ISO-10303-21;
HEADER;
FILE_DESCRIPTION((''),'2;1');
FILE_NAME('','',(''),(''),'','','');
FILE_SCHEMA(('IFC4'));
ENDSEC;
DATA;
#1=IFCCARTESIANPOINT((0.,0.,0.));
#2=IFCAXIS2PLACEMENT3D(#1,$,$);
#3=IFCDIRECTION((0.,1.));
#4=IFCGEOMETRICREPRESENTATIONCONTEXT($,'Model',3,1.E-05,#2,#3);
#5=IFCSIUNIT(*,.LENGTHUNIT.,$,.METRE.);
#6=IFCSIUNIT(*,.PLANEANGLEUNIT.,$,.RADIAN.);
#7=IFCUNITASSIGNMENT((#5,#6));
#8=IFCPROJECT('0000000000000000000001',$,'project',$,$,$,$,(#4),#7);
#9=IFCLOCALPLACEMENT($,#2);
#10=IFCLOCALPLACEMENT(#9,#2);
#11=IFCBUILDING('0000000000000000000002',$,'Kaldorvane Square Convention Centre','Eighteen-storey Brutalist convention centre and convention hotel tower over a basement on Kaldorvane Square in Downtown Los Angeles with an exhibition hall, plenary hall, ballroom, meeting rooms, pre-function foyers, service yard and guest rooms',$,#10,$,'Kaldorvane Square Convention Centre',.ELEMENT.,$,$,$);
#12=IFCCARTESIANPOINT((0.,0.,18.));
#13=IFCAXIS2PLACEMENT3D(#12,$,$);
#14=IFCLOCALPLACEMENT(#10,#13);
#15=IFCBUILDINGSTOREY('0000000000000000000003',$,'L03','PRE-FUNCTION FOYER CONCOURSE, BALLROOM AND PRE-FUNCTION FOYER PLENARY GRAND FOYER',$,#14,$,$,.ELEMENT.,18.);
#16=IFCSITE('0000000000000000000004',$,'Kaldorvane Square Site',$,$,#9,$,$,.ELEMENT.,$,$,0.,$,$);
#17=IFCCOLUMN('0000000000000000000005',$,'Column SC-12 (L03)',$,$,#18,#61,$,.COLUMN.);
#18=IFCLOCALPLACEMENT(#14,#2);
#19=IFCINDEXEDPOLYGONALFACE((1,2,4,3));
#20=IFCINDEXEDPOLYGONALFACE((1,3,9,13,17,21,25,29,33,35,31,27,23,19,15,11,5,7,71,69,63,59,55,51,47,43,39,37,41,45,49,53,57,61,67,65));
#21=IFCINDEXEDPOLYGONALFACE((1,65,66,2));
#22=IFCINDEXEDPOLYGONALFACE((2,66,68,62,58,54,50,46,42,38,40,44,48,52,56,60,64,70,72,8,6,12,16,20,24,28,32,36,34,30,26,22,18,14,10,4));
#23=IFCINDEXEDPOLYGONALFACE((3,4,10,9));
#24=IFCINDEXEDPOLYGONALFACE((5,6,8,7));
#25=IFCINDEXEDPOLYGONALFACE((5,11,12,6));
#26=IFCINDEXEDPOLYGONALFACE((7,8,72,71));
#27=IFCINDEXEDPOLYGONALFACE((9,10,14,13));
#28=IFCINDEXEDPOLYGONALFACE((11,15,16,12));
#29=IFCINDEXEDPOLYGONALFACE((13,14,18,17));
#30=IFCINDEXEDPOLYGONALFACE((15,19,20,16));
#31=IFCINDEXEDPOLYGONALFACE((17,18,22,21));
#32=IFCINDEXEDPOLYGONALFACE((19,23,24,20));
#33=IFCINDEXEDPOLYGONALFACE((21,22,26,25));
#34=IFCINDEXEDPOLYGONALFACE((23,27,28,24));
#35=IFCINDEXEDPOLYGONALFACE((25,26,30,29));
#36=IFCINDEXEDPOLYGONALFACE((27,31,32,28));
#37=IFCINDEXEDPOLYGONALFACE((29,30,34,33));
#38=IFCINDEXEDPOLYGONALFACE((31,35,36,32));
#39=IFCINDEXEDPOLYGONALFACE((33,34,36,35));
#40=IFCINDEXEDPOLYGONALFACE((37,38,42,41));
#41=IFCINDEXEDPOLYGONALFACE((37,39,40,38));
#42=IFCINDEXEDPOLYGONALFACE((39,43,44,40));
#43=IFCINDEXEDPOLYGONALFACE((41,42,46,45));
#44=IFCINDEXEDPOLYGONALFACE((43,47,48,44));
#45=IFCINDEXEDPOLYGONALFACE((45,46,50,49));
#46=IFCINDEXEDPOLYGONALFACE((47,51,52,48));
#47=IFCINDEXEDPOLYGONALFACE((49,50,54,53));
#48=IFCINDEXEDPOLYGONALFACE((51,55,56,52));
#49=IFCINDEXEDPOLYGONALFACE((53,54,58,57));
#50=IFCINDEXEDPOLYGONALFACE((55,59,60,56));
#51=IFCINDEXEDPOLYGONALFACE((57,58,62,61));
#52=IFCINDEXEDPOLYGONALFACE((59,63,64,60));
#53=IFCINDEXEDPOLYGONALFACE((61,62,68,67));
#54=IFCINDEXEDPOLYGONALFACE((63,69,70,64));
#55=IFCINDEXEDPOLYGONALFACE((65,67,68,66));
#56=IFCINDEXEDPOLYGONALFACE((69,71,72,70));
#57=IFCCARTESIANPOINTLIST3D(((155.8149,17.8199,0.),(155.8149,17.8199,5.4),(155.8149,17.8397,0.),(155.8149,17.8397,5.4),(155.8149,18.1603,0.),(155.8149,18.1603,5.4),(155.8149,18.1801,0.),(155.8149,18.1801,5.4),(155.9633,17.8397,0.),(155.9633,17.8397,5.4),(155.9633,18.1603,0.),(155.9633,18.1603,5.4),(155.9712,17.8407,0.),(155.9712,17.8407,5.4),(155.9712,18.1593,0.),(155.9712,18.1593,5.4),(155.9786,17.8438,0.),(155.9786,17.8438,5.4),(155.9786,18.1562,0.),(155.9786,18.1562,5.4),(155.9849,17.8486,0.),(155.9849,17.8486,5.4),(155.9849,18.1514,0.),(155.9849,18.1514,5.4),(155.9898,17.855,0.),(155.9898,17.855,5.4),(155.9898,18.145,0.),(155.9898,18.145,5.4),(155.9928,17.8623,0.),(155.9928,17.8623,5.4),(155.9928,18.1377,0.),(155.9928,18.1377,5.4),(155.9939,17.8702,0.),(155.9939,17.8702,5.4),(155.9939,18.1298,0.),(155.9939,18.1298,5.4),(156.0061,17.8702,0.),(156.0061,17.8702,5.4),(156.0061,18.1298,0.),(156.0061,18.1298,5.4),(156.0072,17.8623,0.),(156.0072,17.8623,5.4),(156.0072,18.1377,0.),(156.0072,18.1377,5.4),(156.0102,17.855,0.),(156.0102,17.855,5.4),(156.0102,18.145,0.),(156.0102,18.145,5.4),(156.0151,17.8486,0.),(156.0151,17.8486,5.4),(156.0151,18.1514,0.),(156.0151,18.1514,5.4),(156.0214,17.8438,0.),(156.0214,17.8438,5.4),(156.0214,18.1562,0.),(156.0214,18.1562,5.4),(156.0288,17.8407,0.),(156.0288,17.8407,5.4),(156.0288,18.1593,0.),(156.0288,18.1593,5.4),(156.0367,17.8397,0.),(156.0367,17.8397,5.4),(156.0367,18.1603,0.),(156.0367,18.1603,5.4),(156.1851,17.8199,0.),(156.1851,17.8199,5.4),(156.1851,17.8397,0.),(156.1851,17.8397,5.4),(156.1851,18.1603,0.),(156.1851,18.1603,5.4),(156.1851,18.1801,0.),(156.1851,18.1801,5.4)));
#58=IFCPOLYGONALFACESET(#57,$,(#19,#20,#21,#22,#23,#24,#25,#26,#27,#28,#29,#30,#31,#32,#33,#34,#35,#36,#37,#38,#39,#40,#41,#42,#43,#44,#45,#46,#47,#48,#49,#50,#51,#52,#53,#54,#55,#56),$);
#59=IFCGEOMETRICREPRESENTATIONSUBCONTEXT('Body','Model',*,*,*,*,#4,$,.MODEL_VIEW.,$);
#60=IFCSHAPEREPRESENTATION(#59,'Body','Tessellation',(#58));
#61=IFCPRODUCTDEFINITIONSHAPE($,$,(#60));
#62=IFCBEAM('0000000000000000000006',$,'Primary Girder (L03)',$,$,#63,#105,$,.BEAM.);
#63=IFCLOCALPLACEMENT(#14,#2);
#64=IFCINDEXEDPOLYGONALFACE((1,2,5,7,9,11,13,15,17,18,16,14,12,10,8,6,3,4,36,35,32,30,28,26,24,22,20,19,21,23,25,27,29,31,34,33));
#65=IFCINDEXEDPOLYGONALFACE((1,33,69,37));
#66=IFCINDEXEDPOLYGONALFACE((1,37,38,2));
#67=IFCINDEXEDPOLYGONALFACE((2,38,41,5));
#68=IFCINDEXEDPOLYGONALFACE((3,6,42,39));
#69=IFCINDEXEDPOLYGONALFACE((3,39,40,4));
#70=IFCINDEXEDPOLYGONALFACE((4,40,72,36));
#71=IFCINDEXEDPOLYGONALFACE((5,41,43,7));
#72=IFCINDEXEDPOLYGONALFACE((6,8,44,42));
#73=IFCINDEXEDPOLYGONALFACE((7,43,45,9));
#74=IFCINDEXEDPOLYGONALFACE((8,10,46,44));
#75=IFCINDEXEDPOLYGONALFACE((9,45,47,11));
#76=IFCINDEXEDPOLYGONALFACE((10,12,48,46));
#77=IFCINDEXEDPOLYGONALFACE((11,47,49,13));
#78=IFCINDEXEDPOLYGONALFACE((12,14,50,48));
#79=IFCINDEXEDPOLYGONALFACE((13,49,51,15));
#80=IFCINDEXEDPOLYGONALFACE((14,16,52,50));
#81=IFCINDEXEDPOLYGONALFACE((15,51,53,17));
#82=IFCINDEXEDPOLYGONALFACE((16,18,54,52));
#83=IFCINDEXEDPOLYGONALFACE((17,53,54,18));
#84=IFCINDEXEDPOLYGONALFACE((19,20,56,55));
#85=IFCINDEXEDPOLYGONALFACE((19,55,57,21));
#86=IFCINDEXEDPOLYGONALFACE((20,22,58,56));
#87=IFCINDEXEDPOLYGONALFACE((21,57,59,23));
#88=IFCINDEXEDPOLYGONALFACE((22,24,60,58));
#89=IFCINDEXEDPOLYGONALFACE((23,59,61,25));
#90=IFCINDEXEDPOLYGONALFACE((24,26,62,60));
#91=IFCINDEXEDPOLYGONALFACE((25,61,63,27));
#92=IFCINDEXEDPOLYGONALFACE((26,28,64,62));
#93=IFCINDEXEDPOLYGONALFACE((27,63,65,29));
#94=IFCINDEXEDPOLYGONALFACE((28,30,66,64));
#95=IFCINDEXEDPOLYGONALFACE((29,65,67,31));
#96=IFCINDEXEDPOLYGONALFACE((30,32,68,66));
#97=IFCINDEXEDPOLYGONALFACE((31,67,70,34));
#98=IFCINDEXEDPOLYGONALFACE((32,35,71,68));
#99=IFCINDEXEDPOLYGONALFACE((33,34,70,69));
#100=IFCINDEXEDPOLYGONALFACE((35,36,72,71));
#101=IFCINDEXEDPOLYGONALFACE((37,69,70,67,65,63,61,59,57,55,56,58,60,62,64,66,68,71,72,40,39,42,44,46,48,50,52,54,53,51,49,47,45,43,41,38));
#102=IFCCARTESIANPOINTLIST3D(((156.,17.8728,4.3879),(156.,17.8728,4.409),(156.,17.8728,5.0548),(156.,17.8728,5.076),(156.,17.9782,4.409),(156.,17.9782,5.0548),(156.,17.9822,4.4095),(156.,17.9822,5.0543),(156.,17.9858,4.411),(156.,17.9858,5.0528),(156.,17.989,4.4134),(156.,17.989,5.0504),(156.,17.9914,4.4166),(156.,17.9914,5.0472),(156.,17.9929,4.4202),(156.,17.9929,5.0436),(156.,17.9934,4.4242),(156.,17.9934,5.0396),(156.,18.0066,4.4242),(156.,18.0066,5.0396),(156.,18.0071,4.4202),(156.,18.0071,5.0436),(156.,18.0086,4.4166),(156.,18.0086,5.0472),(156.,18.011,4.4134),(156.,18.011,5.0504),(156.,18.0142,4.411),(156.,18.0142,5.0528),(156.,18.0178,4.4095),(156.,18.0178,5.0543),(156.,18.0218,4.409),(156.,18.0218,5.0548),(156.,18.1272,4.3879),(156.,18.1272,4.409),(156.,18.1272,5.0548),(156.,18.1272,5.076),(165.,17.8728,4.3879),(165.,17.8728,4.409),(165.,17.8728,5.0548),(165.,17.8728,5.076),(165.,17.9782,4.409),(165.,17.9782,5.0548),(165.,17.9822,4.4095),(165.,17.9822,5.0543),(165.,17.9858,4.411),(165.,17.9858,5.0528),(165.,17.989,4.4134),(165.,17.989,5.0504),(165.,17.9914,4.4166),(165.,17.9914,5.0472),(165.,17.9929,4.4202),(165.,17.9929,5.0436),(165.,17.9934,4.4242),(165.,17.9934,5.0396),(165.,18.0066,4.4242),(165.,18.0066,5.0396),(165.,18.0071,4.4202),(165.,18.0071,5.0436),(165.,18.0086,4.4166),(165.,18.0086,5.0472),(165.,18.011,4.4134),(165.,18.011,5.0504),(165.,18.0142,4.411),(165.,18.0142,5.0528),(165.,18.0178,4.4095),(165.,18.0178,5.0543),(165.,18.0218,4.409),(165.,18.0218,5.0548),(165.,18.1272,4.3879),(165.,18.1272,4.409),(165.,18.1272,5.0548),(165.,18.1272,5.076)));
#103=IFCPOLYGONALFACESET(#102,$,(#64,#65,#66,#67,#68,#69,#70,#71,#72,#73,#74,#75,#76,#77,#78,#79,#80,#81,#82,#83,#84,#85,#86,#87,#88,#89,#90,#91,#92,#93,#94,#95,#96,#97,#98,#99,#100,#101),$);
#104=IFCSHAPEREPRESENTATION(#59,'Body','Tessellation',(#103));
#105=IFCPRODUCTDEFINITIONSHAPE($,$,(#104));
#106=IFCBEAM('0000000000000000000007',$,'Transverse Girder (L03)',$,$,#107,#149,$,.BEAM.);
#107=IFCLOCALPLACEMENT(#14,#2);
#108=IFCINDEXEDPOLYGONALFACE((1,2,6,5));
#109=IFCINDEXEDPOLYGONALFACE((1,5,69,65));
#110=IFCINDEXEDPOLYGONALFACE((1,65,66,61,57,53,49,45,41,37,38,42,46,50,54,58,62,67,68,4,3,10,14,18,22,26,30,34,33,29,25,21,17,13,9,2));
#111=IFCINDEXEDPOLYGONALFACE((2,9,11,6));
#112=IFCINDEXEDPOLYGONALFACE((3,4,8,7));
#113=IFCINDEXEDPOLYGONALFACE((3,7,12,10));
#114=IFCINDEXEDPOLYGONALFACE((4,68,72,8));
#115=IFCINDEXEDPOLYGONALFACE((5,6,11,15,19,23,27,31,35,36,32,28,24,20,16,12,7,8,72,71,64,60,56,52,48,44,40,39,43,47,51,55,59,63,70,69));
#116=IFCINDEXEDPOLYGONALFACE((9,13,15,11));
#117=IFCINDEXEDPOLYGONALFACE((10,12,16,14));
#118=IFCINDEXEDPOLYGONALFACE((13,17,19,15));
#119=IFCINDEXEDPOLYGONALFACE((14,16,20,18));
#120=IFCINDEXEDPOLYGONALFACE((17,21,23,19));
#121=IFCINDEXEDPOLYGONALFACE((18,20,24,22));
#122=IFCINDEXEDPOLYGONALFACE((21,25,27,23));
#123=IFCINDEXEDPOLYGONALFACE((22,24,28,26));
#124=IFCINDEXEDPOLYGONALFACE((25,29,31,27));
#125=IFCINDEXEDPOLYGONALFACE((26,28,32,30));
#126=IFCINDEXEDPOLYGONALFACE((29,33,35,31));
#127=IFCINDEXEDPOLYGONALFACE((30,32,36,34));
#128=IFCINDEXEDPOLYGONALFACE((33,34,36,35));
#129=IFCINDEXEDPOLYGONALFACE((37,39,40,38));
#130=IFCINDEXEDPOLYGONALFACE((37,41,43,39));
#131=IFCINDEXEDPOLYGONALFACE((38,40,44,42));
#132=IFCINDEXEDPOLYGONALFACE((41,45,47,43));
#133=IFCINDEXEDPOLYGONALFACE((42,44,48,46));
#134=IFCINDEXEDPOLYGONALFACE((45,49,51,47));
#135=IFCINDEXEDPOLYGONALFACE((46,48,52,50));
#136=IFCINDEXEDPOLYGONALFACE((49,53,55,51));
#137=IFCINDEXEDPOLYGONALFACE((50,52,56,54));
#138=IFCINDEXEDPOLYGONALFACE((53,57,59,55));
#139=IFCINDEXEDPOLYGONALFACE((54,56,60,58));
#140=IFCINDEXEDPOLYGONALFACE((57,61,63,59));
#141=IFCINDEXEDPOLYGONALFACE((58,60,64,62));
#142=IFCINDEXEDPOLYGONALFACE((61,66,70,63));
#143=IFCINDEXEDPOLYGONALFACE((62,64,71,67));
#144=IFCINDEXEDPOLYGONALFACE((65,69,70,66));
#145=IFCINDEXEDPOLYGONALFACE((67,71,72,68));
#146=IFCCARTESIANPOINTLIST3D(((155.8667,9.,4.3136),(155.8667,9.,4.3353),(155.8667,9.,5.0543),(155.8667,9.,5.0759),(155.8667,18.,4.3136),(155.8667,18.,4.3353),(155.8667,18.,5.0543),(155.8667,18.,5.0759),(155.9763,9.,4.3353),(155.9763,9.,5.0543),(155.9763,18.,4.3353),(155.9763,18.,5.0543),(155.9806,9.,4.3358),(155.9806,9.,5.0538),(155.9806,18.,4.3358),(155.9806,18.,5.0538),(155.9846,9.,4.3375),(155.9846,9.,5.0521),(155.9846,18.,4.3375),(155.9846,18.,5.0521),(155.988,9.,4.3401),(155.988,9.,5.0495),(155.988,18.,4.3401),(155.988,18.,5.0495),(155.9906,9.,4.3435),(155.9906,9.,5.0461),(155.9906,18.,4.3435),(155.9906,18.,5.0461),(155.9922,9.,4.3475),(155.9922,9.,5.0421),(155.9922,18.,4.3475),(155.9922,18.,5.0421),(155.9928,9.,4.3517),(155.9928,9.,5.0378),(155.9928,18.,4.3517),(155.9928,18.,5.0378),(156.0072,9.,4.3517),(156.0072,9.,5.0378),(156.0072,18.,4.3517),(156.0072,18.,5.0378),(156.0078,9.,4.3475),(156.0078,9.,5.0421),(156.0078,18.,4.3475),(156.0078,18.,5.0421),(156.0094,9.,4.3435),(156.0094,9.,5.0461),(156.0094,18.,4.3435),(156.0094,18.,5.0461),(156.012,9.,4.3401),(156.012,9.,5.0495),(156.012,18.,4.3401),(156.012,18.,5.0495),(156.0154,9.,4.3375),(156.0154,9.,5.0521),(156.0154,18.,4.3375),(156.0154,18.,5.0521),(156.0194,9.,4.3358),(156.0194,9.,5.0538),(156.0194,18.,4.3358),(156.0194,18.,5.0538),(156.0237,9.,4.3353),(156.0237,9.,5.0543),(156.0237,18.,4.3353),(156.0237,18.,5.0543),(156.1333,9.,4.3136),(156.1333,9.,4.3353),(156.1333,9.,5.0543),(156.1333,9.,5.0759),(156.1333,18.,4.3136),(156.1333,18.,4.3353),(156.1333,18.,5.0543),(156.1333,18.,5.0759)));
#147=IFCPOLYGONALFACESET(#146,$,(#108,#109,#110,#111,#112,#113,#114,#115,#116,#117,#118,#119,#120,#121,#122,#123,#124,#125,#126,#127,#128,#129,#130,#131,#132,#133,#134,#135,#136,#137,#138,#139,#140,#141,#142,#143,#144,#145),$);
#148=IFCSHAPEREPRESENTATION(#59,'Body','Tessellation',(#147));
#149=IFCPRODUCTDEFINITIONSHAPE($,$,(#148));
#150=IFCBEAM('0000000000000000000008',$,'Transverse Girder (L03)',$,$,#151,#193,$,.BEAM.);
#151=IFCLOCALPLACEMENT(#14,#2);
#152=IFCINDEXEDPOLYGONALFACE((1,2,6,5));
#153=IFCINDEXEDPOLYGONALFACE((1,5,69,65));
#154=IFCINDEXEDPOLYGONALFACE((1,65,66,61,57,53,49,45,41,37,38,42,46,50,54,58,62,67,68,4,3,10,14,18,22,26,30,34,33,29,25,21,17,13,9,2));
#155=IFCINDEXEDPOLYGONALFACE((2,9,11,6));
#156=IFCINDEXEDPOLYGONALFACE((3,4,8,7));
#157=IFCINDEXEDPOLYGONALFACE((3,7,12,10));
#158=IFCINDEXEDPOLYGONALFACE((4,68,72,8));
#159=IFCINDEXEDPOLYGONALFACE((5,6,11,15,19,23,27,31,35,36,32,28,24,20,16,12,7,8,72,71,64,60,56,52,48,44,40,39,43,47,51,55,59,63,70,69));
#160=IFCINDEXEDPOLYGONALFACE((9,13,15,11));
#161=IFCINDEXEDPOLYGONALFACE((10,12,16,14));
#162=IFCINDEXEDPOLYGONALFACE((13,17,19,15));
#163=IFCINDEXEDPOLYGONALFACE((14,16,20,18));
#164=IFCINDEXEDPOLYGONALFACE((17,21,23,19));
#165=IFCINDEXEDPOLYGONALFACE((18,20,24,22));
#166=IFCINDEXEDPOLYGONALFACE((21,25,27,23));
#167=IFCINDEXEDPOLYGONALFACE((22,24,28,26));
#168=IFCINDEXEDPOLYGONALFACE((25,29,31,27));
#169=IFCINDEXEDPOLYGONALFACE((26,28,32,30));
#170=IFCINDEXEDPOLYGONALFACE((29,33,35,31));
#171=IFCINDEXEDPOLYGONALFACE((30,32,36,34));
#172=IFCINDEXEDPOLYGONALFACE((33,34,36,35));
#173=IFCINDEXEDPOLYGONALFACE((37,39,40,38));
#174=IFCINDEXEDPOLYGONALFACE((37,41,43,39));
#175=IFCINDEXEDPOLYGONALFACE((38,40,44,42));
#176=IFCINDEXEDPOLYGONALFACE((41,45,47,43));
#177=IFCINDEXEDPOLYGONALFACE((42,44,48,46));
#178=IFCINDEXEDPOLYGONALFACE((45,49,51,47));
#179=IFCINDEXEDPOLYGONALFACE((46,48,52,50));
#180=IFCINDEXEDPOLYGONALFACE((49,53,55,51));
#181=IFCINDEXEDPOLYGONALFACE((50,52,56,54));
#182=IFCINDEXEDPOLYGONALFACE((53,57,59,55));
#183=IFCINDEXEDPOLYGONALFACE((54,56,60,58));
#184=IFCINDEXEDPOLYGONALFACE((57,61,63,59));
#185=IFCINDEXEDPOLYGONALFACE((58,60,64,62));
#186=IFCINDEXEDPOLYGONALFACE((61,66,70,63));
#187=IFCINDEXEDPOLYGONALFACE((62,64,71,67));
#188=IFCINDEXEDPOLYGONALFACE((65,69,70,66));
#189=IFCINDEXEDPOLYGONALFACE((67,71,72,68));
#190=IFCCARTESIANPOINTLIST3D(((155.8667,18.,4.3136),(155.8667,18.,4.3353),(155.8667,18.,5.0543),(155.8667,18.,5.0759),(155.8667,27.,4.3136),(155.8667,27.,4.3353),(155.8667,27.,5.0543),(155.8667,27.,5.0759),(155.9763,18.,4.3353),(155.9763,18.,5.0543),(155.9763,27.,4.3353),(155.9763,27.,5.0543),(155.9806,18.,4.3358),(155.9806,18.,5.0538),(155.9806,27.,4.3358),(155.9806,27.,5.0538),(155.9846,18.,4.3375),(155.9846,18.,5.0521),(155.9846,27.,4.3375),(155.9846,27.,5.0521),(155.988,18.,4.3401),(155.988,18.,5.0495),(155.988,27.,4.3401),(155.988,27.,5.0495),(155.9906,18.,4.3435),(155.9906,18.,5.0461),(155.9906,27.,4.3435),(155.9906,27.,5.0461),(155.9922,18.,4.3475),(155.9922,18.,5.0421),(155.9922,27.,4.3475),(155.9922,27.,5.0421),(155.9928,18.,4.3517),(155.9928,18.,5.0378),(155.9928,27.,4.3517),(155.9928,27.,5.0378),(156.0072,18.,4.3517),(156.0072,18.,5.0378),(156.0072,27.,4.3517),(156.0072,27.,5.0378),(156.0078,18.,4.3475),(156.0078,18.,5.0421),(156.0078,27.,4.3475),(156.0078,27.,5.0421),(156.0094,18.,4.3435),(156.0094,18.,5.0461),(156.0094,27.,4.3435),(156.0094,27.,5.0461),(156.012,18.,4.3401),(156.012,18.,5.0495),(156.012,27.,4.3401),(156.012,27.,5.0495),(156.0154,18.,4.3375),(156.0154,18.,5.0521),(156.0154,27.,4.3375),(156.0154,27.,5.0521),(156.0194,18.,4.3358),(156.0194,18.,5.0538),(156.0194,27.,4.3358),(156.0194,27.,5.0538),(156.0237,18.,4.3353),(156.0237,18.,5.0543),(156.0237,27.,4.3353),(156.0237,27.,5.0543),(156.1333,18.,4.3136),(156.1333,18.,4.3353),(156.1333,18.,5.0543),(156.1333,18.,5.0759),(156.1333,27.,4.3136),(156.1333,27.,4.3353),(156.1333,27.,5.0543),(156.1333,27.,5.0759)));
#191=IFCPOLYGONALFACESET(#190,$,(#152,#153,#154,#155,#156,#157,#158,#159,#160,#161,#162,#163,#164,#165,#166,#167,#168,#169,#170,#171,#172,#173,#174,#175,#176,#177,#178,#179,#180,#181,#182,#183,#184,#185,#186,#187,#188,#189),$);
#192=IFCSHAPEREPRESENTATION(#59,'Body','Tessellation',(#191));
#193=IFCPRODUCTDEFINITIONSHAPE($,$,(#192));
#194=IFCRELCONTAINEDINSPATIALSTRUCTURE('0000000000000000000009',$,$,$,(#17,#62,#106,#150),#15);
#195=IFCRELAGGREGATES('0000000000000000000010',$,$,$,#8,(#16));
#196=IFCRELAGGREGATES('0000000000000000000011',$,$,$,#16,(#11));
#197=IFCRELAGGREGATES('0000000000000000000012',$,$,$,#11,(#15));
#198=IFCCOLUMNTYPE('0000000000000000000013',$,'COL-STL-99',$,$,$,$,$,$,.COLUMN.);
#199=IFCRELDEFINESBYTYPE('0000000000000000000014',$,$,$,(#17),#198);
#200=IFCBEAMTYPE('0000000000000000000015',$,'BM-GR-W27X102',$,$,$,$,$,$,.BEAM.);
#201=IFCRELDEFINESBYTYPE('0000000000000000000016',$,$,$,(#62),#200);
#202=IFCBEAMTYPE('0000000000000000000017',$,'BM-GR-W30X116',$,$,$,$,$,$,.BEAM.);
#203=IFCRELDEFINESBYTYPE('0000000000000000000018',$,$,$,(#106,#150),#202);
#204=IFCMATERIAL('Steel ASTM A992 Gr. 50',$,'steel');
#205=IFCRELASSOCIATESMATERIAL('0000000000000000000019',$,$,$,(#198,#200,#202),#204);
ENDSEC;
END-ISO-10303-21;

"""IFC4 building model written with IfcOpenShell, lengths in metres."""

from ifc_helpers import new_model, si_unit, direction, frame, origin, origin_2d, place, context, subcontext, project, spatial, i_section, extrude, material, material_profile, profile_set, type_object, element, save


model = new_model("IFC4")

# Units and contexts
model_context = context("Model", 3, precision=1e-05, world=origin(), true_north=direction((0.0, 1.0)))
body_context = subcontext(model_context, "Body", "Model", "MODEL_VIEW")
ifc_project = project(units=[si_unit("LENGTHUNIT", "METRE"), si_unit("PLANEANGLEUNIT", "RADIAN")], contexts=[model_context])

# Site, building, storey
site_placement = place(None, origin())
site = spatial("IfcSite", under=ifc_project, at=site_placement, Name="Kaldorvane Square Site", CompositionType="ELEMENT", RefElevation=0.0)
building_placement = place(site_placement, origin())
building = spatial("IfcBuilding", under=site, at=building_placement, Name="Kaldorvane Square Convention Centre", Description="Eighteen-storey Brutalist convention centre and convention hotel tower over a basement on Kaldorvane Square in Downtown Los Angeles with an exhibition hall, plenary hall, ballroom, meeting rooms, pre-function foyers, service yard and guest rooms", LongName="Kaldorvane Square Convention Centre", CompositionType="ELEMENT")
storey_placement = place(building_placement, frame((0.0, 0.0, 18.0)))
storey = spatial("IfcBuildingStorey", under=building, at=storey_placement, Name="L03", Description="PRE-FUNCTION FOYER CONCOURSE, BALLROOM AND PRE-FUNCTION FOYER PLENARY GRAND FOYER", CompositionType="ELEMENT", Elevation=18.0)

# Column
ifc_material_1 = material(Name="Steel ASTM A992 Gr. 50", Category="steel")
ifc_material_profile_1 = material_profile(ifc_material_1, i_section(OverallWidth=0.3701, OverallDepth=0.3602, WebThickness=0.0123, FlangeThickness=0.0198, FilletRadius=0.0305, at=origin_2d()), Name="W14X99")
ifc_profile_set_1 = profile_set([ifc_material_profile_1], Name="Steel ASTM A992 Gr. 50")
column_type = type_object("IfcColumnType", Name="COL-STL-99", PredefinedType="COLUMN", material=ifc_profile_set_1)
column_placement = place(storey_placement, frame((156.0, 18.0, 0.0), z_axis=(0.0, 0.0, 1.0), x_axis=(1.0, 0.0, 0.0)))
element("IfcColumn", 1, at=column_placement, inside=storey, type_object=column_type, Name="Column SC-12 (L03)", PredefinedType="COLUMN", context=body_context, shape_type="SweptSolid", body=[
    extrude(i_section(OverallWidth=0.3701, OverallDepth=0.3602, WebThickness=0.0123, FlangeThickness=0.0198, FilletRadius=0.0305, at=origin_2d()), origin(), (0.0, 0.0, 1.0), 5.4),
])

# Beams
ifc_material_profile_2 = material_profile(ifc_material_1, i_section(OverallWidth=0.2544, OverallDepth=0.6881, WebThickness=0.0131, FlangeThickness=0.0211, FilletRadius=0.0152, at=origin_2d()), Name="W27X102")
ifc_profile_set_2 = profile_set([ifc_material_profile_2], Name="Steel ASTM A992 Gr. 50")
beam_type_1 = type_object("IfcBeamType", Name="BM-GR-W27X102", PredefinedType="BEAM", material=ifc_profile_set_2)
beam_placement = place(storey_placement, frame((156.0, 18.0, 4.7319), z_axis=(1.0, 0.0, 0.0), x_axis=(0.0, 1.0, 0.0)))
element("IfcBeam", 2, at=beam_placement, inside=storey, type_object=beam_type_1, Name="Primary Girder (L03)", PredefinedType="BEAM", context=body_context, shape_type="SweptSolid", body=[
    extrude(i_section(OverallWidth=0.2544, OverallDepth=0.6881, WebThickness=0.0131, FlangeThickness=0.0211, FilletRadius=0.0152, at=origin_2d()), origin(), (0.0, 0.0, 1.0), 9.0),
])
ifc_material_profile_3 = material_profile(ifc_material_1, i_section(OverallWidth=0.2666, OverallDepth=0.7623, WebThickness=0.0144, FlangeThickness=0.0216, FilletRadius=0.0165, at=origin_2d()), Name="W30X116")
ifc_profile_set_3 = profile_set([ifc_material_profile_3], Name="Steel ASTM A992 Gr. 50")
beam_type_2 = type_object("IfcBeamType", Name="BM-GR-W30X116", PredefinedType="BEAM", material=ifc_profile_set_3)
for number, where, z_axis, x_axis, name in (
    (3, (156.0, 9.0, 4.6948), (0.0, 1.0, 0.0), (-1.0, 0.0, 0.0), "Transverse Girder (L03)"),
    (4, (156.0, 18.0, 4.6948), (0.0, 1.0, 0.0), (-1.0, 0.0, 0.0), "Transverse Girder (L03)"),
):
    element("IfcBeam", number, at=place(storey_placement, frame(where, z_axis=z_axis, x_axis=x_axis)), inside=storey, type_object=beam_type_2, Name=name, PredefinedType="BEAM", context=body_context, shape_type="SweptSolid", body=[
        extrude(i_section(OverallWidth=0.2666, OverallDepth=0.7623, WebThickness=0.0144, FlangeThickness=0.0216, FilletRadius=0.0165, at=origin_2d()), origin(), (0.0, 0.0, 1.0), 9.0),
    ])

save(model, "model.ifc")
